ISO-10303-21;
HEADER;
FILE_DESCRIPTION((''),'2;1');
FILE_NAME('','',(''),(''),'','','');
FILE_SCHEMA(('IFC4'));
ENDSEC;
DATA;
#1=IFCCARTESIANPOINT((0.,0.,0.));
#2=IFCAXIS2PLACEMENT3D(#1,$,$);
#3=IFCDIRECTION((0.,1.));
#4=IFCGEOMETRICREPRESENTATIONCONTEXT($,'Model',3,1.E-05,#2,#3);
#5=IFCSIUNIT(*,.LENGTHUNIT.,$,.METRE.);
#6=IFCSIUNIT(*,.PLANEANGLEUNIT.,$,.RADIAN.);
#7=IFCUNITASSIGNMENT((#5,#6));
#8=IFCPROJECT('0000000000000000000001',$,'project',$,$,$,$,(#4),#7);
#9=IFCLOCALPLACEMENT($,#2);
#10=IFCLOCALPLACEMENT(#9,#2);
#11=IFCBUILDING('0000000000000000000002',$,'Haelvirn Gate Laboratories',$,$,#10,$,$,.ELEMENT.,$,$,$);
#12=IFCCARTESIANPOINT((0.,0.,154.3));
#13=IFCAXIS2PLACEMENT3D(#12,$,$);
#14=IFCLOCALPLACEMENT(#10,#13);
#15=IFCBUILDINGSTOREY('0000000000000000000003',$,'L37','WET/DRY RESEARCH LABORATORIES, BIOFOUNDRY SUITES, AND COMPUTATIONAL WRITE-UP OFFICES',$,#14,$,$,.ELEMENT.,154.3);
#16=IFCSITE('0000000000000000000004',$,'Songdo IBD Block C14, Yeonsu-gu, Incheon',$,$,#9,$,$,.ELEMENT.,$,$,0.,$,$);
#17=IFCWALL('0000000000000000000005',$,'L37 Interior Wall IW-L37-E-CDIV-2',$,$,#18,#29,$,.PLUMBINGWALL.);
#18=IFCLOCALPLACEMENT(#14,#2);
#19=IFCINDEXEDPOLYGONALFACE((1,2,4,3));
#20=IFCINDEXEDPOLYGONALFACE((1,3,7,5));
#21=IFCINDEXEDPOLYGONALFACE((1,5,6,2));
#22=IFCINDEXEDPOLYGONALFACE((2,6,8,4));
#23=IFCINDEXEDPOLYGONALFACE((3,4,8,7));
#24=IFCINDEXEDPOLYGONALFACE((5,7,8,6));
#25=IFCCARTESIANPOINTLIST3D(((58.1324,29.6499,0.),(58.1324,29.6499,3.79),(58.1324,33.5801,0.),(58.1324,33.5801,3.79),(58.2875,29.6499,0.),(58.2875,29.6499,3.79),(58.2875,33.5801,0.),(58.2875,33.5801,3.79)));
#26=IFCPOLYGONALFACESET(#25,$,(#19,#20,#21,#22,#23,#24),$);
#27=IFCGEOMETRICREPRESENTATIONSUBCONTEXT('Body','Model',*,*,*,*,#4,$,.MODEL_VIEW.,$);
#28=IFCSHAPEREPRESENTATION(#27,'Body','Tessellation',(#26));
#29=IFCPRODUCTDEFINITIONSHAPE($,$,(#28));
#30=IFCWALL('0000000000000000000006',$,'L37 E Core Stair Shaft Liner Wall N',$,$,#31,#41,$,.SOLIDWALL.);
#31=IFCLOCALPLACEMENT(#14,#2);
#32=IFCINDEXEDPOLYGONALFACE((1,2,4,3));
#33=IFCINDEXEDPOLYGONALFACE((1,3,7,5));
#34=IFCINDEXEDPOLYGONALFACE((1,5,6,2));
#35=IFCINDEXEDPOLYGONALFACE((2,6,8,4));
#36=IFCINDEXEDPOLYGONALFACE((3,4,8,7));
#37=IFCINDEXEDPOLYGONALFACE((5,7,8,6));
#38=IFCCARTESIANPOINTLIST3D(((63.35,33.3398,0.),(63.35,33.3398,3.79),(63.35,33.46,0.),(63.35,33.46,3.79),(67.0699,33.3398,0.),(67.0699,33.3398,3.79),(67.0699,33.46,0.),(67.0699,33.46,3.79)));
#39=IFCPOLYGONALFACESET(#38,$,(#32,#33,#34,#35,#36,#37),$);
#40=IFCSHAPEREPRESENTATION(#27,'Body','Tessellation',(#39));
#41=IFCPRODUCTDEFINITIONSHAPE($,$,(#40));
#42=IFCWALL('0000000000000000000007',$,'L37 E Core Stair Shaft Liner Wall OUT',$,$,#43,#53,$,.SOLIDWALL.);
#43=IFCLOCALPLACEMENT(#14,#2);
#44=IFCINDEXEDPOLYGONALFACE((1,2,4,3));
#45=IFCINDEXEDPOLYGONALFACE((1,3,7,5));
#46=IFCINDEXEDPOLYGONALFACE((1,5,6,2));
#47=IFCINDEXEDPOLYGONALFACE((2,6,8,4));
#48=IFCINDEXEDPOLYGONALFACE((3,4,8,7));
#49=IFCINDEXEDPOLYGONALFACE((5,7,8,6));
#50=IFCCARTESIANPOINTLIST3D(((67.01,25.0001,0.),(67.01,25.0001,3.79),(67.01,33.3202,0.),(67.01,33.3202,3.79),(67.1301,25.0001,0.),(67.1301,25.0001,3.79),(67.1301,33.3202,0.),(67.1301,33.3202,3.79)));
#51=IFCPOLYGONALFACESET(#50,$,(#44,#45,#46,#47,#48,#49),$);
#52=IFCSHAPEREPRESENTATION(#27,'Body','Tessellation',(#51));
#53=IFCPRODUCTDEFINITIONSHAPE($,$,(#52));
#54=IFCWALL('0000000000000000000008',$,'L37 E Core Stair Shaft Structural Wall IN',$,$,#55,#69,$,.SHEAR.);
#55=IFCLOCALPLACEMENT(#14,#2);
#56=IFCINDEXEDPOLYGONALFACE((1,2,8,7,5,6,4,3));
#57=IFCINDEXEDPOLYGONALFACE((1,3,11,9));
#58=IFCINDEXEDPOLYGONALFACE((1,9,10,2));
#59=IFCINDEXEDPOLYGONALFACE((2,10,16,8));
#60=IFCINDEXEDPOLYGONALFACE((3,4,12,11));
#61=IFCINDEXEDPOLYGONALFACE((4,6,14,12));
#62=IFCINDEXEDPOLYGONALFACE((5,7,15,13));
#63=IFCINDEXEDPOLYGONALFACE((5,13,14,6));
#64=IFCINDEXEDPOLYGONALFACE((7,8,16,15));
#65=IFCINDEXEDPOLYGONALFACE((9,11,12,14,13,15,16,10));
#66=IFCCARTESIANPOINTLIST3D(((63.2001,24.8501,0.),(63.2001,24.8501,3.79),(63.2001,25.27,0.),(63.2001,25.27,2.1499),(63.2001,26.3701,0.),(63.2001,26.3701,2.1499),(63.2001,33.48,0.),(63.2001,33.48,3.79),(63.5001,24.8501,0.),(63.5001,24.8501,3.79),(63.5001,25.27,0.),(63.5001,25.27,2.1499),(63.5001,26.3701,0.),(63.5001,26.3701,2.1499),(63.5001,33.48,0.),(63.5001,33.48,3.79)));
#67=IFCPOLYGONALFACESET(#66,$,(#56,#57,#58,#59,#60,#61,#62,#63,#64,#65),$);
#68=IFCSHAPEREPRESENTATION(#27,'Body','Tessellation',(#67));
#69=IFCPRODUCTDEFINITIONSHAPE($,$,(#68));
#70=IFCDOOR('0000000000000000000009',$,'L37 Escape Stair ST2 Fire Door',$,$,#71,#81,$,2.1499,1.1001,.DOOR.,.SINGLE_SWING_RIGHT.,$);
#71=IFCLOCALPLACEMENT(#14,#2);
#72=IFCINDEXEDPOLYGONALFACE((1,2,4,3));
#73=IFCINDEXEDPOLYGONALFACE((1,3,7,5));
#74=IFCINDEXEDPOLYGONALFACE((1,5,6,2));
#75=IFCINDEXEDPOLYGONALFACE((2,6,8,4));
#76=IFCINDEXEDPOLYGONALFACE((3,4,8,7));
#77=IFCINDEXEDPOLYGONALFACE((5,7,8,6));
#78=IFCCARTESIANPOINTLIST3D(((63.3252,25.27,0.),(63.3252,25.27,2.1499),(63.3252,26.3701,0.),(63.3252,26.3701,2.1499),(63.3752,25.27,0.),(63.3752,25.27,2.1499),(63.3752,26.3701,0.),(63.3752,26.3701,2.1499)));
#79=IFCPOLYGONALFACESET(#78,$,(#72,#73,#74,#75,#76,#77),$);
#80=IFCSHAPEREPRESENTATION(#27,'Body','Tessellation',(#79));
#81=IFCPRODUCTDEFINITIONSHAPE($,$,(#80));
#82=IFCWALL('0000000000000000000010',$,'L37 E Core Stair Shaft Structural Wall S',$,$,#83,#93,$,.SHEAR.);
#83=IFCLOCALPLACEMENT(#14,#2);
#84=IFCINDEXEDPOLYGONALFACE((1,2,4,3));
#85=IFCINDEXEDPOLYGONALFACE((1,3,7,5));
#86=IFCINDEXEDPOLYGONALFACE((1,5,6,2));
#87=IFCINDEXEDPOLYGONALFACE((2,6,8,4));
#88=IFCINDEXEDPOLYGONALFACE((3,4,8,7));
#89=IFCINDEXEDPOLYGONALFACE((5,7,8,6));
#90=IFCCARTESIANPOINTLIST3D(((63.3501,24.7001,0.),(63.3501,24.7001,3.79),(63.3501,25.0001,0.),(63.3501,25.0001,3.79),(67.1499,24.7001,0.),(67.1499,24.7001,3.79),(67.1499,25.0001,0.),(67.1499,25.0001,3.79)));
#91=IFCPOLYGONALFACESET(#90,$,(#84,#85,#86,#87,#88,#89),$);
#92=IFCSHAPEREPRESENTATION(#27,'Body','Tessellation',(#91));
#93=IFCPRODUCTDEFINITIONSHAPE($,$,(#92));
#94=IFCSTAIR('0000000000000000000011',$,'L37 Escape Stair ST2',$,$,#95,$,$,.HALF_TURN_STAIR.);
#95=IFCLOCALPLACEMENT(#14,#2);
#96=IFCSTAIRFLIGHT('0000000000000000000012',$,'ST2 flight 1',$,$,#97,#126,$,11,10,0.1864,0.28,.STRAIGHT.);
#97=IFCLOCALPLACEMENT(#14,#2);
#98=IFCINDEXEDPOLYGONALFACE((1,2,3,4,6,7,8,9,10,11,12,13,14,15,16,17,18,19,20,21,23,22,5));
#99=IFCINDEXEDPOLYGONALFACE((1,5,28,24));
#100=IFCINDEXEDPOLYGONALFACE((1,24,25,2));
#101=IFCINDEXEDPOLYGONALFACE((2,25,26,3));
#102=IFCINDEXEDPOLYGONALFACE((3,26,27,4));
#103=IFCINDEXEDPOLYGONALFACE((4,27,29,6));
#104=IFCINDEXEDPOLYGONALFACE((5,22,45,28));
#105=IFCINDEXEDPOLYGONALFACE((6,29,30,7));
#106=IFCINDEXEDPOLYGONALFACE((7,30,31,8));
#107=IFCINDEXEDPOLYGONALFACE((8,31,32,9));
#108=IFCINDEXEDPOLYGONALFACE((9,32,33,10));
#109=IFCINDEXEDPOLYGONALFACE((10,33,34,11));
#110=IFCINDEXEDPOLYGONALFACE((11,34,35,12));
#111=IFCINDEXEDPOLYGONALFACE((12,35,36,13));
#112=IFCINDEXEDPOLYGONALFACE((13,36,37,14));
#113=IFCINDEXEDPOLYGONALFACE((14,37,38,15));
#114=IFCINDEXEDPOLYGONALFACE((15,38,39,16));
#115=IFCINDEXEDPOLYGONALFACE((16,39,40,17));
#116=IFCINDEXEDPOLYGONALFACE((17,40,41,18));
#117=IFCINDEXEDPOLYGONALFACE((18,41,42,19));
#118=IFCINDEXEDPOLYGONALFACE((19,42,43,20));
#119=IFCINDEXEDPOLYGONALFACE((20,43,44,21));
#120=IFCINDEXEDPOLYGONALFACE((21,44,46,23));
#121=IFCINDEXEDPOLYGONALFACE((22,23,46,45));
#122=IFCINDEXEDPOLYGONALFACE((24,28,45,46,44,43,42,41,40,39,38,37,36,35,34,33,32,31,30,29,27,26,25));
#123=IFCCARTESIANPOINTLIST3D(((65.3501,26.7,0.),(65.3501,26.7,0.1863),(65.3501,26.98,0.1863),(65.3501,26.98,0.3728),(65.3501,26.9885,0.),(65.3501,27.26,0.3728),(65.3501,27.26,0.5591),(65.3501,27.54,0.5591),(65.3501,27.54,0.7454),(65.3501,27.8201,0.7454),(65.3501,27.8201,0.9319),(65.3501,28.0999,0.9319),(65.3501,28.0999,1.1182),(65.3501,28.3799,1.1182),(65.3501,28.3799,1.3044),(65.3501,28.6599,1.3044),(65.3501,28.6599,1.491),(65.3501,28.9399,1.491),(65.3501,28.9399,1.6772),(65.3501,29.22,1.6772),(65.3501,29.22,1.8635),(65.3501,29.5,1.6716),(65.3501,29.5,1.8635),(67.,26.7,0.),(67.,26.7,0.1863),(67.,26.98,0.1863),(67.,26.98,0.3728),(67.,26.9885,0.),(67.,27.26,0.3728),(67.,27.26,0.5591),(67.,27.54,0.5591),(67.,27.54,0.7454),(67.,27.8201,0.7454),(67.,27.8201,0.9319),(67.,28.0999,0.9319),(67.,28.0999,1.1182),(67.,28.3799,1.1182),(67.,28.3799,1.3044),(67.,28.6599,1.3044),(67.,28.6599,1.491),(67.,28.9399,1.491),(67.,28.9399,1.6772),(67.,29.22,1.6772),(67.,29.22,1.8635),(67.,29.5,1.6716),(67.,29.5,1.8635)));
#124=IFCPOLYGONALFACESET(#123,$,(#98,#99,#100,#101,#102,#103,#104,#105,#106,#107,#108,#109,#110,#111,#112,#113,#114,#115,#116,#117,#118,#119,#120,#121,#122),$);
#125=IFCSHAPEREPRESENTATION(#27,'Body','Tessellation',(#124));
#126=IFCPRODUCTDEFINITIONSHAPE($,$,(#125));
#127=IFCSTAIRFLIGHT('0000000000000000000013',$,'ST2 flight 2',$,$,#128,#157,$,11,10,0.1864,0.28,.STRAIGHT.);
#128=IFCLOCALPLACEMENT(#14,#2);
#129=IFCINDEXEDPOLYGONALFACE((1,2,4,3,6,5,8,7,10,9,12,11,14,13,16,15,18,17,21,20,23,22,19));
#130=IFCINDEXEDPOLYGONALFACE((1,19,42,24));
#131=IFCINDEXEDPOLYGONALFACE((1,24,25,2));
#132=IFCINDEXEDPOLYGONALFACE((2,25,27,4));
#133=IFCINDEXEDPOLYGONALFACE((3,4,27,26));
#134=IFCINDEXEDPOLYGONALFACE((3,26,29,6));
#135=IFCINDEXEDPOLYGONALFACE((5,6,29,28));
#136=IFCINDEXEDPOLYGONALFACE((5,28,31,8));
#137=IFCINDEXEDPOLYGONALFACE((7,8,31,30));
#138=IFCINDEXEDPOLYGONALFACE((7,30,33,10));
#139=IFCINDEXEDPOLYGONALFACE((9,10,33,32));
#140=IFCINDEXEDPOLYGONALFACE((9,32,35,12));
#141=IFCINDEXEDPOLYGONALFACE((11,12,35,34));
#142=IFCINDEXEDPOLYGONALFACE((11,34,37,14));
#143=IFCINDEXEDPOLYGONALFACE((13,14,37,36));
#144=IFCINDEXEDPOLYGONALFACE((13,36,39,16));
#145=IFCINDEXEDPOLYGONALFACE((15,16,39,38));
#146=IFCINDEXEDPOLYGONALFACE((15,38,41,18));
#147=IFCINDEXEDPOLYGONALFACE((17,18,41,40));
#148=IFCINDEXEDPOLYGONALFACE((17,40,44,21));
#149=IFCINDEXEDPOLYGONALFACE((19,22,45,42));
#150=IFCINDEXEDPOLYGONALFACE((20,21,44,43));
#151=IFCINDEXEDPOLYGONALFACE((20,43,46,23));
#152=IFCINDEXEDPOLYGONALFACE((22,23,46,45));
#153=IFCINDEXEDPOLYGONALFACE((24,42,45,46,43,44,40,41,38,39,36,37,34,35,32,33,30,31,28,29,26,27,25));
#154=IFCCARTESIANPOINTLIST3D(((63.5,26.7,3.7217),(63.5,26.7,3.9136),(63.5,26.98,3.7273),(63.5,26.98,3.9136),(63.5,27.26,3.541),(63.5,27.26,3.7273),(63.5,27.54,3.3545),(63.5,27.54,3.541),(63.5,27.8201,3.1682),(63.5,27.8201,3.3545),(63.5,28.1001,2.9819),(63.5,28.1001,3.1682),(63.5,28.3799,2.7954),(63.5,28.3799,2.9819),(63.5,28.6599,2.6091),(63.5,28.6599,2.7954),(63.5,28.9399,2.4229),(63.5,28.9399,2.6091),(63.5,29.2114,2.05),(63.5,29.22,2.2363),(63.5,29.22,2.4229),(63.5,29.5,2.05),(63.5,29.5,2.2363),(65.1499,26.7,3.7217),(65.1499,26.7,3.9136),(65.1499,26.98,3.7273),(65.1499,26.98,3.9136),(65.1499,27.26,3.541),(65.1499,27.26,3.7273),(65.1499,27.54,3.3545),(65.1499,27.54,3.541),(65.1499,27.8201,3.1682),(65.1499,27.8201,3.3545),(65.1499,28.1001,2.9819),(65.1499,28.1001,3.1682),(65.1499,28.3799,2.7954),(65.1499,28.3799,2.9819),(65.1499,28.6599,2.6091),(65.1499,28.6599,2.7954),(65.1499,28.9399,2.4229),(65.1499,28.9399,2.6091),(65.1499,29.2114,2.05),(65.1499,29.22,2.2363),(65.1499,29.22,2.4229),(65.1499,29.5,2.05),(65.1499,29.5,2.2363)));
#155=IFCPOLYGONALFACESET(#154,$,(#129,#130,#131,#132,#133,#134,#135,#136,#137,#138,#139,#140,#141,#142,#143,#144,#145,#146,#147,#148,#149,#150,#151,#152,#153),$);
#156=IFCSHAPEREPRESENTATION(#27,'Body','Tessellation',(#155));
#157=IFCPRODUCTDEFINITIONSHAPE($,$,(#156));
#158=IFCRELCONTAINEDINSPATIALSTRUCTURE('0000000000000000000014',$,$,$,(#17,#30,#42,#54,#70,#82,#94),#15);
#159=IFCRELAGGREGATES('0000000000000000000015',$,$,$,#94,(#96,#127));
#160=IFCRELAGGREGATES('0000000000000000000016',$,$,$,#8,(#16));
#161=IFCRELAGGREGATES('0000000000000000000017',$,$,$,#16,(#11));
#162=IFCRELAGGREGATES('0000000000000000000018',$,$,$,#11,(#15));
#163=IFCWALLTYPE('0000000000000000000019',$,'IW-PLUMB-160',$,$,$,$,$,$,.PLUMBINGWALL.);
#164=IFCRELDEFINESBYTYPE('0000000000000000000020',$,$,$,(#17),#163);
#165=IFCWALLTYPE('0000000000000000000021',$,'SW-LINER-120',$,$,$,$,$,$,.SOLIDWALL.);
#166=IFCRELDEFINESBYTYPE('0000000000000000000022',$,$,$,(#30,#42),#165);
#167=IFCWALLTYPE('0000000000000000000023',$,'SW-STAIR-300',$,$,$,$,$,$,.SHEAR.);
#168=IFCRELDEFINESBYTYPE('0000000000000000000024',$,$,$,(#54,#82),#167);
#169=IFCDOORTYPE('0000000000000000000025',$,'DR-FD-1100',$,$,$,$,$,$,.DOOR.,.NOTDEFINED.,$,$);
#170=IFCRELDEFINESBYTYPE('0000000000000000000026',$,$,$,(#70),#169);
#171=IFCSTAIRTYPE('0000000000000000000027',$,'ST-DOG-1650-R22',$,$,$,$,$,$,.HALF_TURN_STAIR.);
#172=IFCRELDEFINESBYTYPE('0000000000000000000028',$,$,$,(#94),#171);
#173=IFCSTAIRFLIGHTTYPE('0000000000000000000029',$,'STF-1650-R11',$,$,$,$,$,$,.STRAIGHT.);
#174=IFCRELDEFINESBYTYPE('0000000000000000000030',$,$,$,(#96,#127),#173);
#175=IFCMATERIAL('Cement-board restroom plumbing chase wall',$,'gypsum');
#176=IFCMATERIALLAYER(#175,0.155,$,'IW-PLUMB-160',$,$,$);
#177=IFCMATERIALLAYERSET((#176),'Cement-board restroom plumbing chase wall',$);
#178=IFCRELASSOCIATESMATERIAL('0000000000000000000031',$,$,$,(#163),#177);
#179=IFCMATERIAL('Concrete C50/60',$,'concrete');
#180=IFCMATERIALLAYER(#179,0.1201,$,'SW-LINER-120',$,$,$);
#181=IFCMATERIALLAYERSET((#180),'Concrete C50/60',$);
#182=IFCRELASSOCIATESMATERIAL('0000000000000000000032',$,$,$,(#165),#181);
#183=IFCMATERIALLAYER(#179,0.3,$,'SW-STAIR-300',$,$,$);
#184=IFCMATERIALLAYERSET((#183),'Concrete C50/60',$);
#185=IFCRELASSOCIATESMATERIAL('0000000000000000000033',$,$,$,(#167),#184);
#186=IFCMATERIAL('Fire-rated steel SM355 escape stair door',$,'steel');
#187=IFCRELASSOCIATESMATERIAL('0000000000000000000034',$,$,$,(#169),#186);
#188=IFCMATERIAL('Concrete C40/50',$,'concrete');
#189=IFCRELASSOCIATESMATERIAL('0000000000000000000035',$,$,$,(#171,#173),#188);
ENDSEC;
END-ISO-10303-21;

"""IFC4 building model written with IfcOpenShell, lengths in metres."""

from ifc_helpers import new_model, si_unit, direction, frame, frame_2d, origin, place, context, subcontext, project, spatial, polyline, rectangle, outline, extrude, source, transform, mapped, material, layer, layer_set, type_object, type_shapes, element, fill, aggregate, save


model = new_model("IFC4")

# Units and contexts
model_context = context("Model", 3, precision=1e-05, world=origin(), true_north=direction((0.0, 1.0)))
body_context = subcontext(model_context, "Body", "Model", "MODEL_VIEW")
ifc_project = project(units=[si_unit("LENGTHUNIT", "METRE"), si_unit("PLANEANGLEUNIT", "RADIAN")], contexts=[model_context])

# Site, building, storey
site_placement = place(None, origin())
site = spatial("IfcSite", under=ifc_project, at=site_placement, Name="Songdo IBD Block C14, Yeonsu-gu, Incheon", CompositionType="ELEMENT", RefElevation=0.0)
building_placement = place(site_placement, origin())
building = spatial("IfcBuilding", under=site, at=building_placement, Name="Haelvirn Gate Laboratories", CompositionType="ELEMENT")
storey_placement = place(building_placement, frame((0.0, 0.0, 154.3)))
storey = spatial("IfcBuildingStorey", under=building, at=storey_placement, Name="L37", Description="WET/DRY RESEARCH LABORATORIES, BIOFOUNDRY SUITES, AND COMPUTATIONAL WRITE-UP OFFICES", CompositionType="ELEMENT", Elevation=154.3)

# Walls
ifc_material_1 = material(Name="Cement-board restroom plumbing chase wall", Category="gypsum")
ifc_layer_1 = layer(ifc_material_1, 0.155, Name="IW-PLUMB-160")
ifc_layer_set_1 = layer_set([ifc_layer_1], Name="Cement-board restroom plumbing chase wall")
wall_type_1 = type_object("IfcWallType", Name="IW-PLUMB-160", PredefinedType="PLUMBINGWALL", material=ifc_layer_set_1)
for number, where, z_axis, x_axis, name in (
    (1, (58.21, 29.6499, 0.0), (0.0, 0.0, 1.0), (0.0, 1.0, 0.0), "L37 Interior Wall IW-L37-E-CDIV-2"),
):
    element("IfcWall", number, at=place(storey_placement, frame(where, z_axis=z_axis, x_axis=x_axis)), inside=storey, type_object=wall_type_1, Name=name, PredefinedType="PLUMBINGWALL", context=body_context, shape_type="SweptSolid", body=[
        extrude(rectangle(XDim=3.9302, YDim=0.155, at=frame_2d((1.9651, 0.0))), origin(), (0.0, 0.0, 1.0), 3.79),
    ])
ifc_material_2 = material(Name="Concrete C50/60", Category="concrete")
ifc_layer_2 = layer(ifc_material_2, 0.1201, Name="SW-LINER-120")
ifc_layer_set_2 = layer_set([ifc_layer_2], Name="Concrete C50/60")
wall_type_2 = type_object("IfcWallType", Name="SW-LINER-120", PredefinedType="SOLIDWALL", material=ifc_layer_set_2)
wall_1_placement = place(storey_placement, frame((63.3501, 33.3999, 0.0), z_axis=(0.0, 0.0, 1.0), x_axis=(1.0, 0.0, 0.0)))
element("IfcWall", 2, at=wall_1_placement, inside=storey, type_object=wall_type_2, Name="L37 E Core Stair Shaft Liner Wall N", PredefinedType="SOLIDWALL", context=body_context, shape_type="SweptSolid", body=[
    extrude(rectangle(XDim=3.72, YDim=0.1201, at=frame_2d((1.8599, 0.0))), origin(), (0.0, 0.0, 1.0), 3.79),
])
wall_2_placement = place(storey_placement, frame((67.0701, 25.0, 0.0), z_axis=(0.0, 0.0, 1.0), x_axis=(0.0, 1.0, 0.0)))
element("IfcWall", 3, at=wall_2_placement, inside=storey, type_object=wall_type_2, Name="L37 E Core Stair Shaft Liner Wall OUT", PredefinedType="SOLIDWALL", context=body_context, shape_type="SweptSolid", body=[
    extrude(rectangle(XDim=8.3201, YDim=0.1201, at=frame_2d((4.1602, 0.0))), origin(), (0.0, 0.0, 1.0), 3.79),
])

# Wall, opening, door
ifc_layer_3 = layer(ifc_material_2, 0.3, Name="SW-STAIR-300")
ifc_layer_set_3 = layer_set([ifc_layer_3], Name="Concrete C50/60")
wall_type_3 = type_object("IfcWallType", Name="SW-STAIR-300", PredefinedType="SHEAR", material=ifc_layer_set_3)
wall_3_placement = place(storey_placement, frame((63.3501, 24.8501, 0.0), z_axis=(0.0, 0.0, 1.0), x_axis=(0.0, 1.0, 0.0)))
wall_3 = element("IfcWall", 4, at=wall_3_placement, inside=storey, type_object=wall_type_3, Name="L37 E Core Stair Shaft Structural Wall IN", PredefinedType="SHEAR", context=body_context, shape_type="SweptSolid", body=[
    extrude(rectangle(XDim=8.6299, YDim=0.3, at=frame_2d((4.3149, 0.0))), origin(), (0.0, 0.0, 1.0), 3.79),
])
opening_1_placement = place(wall_3_placement, frame((0.4199, 0.0, 0.0)))
opening_1 = element("IfcOpeningElement", 5, at=opening_1_placement, cuts=wall_3, PredefinedType="OPENING", context=body_context, shape_type="SweptSolid", body=[
    extrude(rectangle(XDim=1.1001, YDim=2.1499, at=frame_2d((0.55, 1.075))), frame((0.0, 0.1602, 0.0), z_axis=(0.0, -1.0, 0.0), x_axis=(1.0, 0.0, 0.0)), (0.0, 0.0, 1.0), 0.3201),
])
ifc_material_3 = material(Name="Fire-rated steel SM355 escape stair door", Category="steel")
door_type_1 = type_object("IfcDoorType", Name="DR-FD-1100", OperationType="NOTDEFINED", PredefinedType="DOOR", material=ifc_material_3)
shared_shape_1 = source(origin(), body_context, "Body", "SweptSolid", [
    extrude(rectangle(XDim=1.1001, YDim=2.1499, at=frame_2d((0.55, 1.075))), frame((0.0, 0.0249, 0.0), z_axis=(0.0, -1.0, 0.0), x_axis=(1.0, 0.0, 0.0)), (0.0, 0.0, 1.0), 0.05),
])
type_shapes(door_type_1, [shared_shape_1])
door_1_placement = place(opening_1_placement, origin())
door_1 = element("IfcDoor", 6, at=door_1_placement, inside=storey, type_object=door_type_1, Name="L37 Escape Stair ST2 Fire Door", OperationType="SINGLE_SWING_RIGHT", OverallHeight=2.1499, OverallWidth=1.1001, PredefinedType="DOOR", context=body_context, shape_type="MappedRepresentation", body=[
    mapped(shared_shape_1, transform((0.0, 0.0, 0.0), scale=1.0)),
])
fill(opening_1, door_1)

# Wall
wall_4_placement = place(storey_placement, frame((63.3501, 24.8501, 0.0), z_axis=(0.0, 0.0, 1.0), x_axis=(1.0, 0.0, 0.0)))
element("IfcWall", 7, at=wall_4_placement, inside=storey, type_object=wall_type_3, Name="L37 E Core Stair Shaft Structural Wall S", PredefinedType="SHEAR", context=body_context, shape_type="SweptSolid", body=[
    extrude(rectangle(XDim=3.7998, YDim=0.3, at=frame_2d((1.8999, 0.0))), origin(), (0.0, 0.0, 1.0), 3.79),
])

# Stair, stair flights
ifc_material_4 = material(Name="Concrete C40/50", Category="concrete")
stair_type = type_object("IfcStairType", Name="ST-DOG-1650-R22", PredefinedType="HALF_TURN_STAIR", material=ifc_material_4)
stair_placement = place(storey_placement, origin())
stair = element("IfcStair", 8, at=stair_placement, inside=storey, type_object=stair_type, Name="L37 Escape Stair ST2", PredefinedType="HALF_TURN_STAIR")
stair_flight_type = type_object("IfcStairFlightType", Name="STF-1650-R11", PredefinedType="STRAIGHT", material=ifc_material_4)
shared_shape_2 = source(origin(), body_context, "Body", "SweptSolid", [
    extrude(outline(polyline([(0.0, 0.0), (0.0, 0.1863), (0.28, 0.1863), (0.28, 0.3728), (0.5601, 0.3728), (0.5601, 0.5591), (0.8401, 0.5591), (0.8401, 0.7454), (1.1201, 0.7454), (1.1201, 0.9319), (1.3999, 0.9319), (1.3999, 1.1182), (1.6799, 1.1182), (1.6799, 1.3044), (1.96, 1.3044), (1.96, 1.491), (2.24, 1.491), (2.24, 1.6772), (2.52, 1.6772), (2.52, 1.8635), (2.8, 1.8635), (2.8, 2.05), (2.8, 1.6716), (0.2886, 0.0), (0.0, 0.0)])), frame((0.0, 0.825, 0.0), z_axis=(0.0, -1.0, 0.0), x_axis=(1.0, 0.0, 0.0)), (0.0, 0.0, 1.0), 1.6499),
])
type_shapes(stair_flight_type, [shared_shape_2])
stair_flight_1_placement = place(storey_placement, frame((66.175, 26.7, 0.0), z_axis=(0.0, 0.0, 1.0), x_axis=(0.0, 1.0, 0.0)))
stair_flight_1 = element("IfcStairFlight", 9, at=stair_flight_1_placement, type_object=stair_flight_type, Name="ST2 flight 1", NumberOfRisers=11, NumberOfTreads=10, PredefinedType="STRAIGHT", RiserHeight=0.1864, TreadLength=0.28, context=body_context, shape_type="MappedRepresentation", body=[
    mapped(shared_shape_2, transform((0.0, 0.0, 0.0), scale=1.0)),
])
stair_flight_2_placement = place(storey_placement, frame((64.325, 29.5, 2.05), z_axis=(0.0, 0.0, 1.0), x_axis=(0.0, -1.0, 0.0)))
stair_flight_2 = element("IfcStairFlight", 10, at=stair_flight_2_placement, type_object=stair_flight_type, Name="ST2 flight 2", NumberOfRisers=11, NumberOfTreads=10, PredefinedType="STRAIGHT", RiserHeight=0.1864, TreadLength=0.28, context=body_context, shape_type="MappedRepresentation", body=[
    mapped(shared_shape_2, transform((0.0, 0.0, 0.0), scale=1.0)),
])
aggregate(stair, [stair_flight_1, stair_flight_2])

save(model, "model.ifc")
